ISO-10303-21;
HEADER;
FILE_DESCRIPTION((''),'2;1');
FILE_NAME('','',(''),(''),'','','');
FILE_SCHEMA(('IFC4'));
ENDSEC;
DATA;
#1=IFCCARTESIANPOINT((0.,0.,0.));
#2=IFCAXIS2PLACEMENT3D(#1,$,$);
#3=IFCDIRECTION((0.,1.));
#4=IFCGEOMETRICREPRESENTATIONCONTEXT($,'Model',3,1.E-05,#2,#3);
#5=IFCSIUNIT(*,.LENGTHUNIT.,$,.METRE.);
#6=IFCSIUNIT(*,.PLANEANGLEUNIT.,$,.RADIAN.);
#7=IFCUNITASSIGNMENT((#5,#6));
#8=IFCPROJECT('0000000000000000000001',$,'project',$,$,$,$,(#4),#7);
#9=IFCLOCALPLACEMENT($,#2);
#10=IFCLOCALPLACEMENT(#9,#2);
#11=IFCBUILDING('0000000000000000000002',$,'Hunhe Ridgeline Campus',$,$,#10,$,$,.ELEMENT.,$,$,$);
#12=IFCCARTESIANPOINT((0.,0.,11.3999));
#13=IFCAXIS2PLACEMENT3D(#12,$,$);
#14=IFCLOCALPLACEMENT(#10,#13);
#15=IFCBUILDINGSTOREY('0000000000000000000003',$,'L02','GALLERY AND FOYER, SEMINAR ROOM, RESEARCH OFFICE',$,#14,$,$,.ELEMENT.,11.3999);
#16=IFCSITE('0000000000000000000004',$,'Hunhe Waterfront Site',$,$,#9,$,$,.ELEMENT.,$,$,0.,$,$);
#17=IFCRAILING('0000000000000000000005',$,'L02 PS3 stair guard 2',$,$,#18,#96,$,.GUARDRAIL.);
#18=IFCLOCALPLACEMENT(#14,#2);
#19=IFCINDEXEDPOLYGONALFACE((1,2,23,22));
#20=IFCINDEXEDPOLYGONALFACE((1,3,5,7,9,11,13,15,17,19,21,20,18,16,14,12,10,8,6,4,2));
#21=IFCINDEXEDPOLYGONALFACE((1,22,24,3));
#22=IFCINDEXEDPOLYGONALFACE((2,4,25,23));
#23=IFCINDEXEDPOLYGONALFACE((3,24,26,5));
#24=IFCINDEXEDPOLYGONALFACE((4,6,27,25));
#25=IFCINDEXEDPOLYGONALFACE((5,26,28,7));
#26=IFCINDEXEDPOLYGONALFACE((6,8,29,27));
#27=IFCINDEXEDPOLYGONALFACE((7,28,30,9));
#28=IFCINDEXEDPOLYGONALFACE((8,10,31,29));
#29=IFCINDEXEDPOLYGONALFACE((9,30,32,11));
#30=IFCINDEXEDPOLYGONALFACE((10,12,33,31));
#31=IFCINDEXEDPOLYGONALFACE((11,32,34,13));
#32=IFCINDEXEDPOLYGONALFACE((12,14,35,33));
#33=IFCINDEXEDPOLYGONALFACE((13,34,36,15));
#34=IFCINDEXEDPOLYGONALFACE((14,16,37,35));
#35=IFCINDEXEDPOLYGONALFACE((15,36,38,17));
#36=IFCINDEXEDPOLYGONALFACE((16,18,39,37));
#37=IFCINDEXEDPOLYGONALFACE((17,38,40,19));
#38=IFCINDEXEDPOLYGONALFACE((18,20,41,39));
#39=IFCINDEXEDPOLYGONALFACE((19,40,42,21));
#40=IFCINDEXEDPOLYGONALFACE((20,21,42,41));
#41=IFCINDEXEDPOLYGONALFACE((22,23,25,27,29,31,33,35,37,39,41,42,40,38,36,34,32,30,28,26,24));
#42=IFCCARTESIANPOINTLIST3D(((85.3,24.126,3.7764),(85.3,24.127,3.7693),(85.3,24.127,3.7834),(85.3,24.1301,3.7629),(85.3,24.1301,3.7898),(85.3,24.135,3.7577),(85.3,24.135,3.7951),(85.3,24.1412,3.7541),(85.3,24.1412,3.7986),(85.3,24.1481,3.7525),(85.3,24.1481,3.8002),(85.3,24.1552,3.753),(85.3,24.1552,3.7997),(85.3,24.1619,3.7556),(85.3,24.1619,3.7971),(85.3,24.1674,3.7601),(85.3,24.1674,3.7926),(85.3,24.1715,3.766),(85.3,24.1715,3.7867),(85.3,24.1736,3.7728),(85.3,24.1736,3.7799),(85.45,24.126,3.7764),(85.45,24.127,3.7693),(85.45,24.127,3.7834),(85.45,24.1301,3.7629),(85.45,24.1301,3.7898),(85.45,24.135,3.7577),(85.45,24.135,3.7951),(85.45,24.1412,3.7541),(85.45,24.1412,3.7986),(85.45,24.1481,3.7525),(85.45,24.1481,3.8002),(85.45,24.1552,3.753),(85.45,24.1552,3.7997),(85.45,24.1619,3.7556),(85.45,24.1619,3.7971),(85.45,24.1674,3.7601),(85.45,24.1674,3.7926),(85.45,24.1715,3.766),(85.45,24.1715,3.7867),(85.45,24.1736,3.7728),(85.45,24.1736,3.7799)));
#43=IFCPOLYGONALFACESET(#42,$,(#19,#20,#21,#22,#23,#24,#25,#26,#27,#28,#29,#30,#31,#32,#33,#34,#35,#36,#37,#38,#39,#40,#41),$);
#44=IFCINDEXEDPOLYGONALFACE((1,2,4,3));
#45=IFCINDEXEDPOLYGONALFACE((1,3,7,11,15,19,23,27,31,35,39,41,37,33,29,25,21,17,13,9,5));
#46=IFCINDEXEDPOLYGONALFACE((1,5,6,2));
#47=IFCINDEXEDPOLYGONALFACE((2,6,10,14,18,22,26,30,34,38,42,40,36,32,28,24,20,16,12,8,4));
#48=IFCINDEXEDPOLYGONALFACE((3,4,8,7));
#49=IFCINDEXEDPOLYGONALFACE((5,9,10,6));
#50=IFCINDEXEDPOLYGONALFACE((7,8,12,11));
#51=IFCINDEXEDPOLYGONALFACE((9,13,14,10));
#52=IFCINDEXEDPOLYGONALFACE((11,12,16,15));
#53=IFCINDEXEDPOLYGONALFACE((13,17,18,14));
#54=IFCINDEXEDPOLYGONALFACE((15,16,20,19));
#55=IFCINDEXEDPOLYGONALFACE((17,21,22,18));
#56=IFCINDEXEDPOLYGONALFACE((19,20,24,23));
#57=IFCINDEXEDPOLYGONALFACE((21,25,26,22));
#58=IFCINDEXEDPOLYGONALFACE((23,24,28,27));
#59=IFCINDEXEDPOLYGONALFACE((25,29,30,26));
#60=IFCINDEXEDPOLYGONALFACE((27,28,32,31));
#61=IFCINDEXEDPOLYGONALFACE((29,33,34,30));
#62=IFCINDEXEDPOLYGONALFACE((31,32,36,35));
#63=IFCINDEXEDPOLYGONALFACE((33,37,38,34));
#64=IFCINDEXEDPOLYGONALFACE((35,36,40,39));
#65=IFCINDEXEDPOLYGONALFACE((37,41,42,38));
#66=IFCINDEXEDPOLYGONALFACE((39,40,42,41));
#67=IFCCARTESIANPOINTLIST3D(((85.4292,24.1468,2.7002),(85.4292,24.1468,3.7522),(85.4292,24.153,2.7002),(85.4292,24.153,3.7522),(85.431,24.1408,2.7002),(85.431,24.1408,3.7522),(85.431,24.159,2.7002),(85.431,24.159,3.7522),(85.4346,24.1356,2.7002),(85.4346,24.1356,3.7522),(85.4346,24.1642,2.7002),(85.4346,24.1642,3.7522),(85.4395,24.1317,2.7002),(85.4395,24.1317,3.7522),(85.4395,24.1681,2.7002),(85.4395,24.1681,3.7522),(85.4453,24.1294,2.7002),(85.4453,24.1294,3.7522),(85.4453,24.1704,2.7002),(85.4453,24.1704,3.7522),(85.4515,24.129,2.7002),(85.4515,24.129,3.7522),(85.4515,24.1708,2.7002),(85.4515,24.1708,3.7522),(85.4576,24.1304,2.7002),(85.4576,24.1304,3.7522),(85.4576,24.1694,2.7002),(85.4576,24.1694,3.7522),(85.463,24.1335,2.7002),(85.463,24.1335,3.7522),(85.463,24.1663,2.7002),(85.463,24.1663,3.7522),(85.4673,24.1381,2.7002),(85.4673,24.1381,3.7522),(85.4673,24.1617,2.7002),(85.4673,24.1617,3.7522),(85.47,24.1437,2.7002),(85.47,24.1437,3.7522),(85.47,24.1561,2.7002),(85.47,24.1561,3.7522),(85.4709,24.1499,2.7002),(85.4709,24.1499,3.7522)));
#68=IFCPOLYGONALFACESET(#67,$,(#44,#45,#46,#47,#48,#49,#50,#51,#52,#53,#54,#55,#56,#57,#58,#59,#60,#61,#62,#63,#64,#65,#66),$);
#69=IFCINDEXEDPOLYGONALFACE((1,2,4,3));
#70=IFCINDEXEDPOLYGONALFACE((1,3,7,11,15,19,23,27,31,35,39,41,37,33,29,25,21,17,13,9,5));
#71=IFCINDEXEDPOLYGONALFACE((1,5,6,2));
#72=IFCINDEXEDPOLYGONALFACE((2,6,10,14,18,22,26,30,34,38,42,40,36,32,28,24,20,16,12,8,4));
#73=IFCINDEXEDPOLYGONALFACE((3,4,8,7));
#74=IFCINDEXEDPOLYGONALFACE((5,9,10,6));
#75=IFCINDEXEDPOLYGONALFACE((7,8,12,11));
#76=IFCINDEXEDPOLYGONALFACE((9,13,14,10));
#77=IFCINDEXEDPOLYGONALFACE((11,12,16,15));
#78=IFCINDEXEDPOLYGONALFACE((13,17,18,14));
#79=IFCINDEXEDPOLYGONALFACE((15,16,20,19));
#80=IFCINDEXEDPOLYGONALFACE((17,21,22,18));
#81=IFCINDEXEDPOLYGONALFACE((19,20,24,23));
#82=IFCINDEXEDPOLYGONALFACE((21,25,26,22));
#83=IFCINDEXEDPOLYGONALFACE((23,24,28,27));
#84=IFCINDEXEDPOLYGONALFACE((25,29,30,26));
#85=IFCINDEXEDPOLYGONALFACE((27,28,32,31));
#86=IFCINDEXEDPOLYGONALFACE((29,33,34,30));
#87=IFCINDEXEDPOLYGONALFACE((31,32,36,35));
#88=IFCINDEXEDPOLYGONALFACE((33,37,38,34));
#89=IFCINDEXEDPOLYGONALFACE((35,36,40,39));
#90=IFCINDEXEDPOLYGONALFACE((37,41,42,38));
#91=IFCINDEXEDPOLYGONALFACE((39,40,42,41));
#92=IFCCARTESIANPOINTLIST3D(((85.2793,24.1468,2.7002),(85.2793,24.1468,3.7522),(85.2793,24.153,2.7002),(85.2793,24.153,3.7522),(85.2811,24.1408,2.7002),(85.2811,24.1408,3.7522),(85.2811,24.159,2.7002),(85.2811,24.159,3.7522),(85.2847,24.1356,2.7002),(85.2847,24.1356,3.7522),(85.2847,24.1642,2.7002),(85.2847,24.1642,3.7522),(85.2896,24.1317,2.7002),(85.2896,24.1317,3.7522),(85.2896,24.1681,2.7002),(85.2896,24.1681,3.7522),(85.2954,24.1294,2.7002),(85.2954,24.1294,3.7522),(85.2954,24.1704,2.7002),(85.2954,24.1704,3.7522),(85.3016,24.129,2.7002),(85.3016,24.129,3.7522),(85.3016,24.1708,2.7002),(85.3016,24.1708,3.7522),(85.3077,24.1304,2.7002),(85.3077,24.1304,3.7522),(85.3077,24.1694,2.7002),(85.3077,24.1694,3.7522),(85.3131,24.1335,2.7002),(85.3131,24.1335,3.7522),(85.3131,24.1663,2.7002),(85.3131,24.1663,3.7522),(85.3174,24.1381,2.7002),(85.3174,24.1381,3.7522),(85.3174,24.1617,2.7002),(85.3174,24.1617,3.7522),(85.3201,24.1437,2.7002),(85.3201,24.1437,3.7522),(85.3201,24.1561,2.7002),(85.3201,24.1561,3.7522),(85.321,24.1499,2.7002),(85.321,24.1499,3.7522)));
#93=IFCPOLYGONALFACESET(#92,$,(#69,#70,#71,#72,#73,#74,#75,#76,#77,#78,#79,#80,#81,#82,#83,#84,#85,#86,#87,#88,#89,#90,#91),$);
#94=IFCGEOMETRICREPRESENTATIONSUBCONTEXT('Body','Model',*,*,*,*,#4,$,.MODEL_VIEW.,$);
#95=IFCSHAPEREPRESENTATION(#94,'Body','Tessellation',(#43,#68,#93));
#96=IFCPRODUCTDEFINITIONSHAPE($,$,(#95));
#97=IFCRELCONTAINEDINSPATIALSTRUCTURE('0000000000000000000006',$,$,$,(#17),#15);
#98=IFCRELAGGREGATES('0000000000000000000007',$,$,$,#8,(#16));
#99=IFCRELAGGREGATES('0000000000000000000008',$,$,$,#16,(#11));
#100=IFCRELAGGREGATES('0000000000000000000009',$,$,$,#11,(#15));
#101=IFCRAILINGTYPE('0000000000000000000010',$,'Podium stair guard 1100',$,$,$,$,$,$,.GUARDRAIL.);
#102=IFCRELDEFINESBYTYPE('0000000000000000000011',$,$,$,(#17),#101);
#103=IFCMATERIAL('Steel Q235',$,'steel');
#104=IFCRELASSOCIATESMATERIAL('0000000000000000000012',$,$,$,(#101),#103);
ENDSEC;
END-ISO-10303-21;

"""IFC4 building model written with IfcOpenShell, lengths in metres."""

from ifc_helpers import new_model, si_unit, direction, frame, origin, origin_2d, place, context, subcontext, project, spatial, circle, extrude, material, type_object, element, save


model = new_model("IFC4")

# Units and contexts
model_context = context("Model", 3, precision=1e-05, world=origin(), true_north=direction((0.0, 1.0)))
body_context = subcontext(model_context, "Body", "Model", "MODEL_VIEW")
ifc_project = project(units=[si_unit("LENGTHUNIT", "METRE"), si_unit("PLANEANGLEUNIT", "RADIAN")], contexts=[model_context])

# Site, building, storey
site_placement = place(None, origin())
site = spatial("IfcSite", under=ifc_project, at=site_placement, Name="Hunhe Waterfront Site", CompositionType="ELEMENT", RefElevation=0.0)
building_placement = place(site_placement, origin())
building = spatial("IfcBuilding", under=site, at=building_placement, Name="Hunhe Ridgeline Campus", CompositionType="ELEMENT")
storey_placement = place(building_placement, frame((0.0, 0.0, 11.3999)))
storey = spatial("IfcBuildingStorey", under=building, at=storey_placement, Name="L02", Description="GALLERY AND FOYER, SEMINAR ROOM, RESEARCH OFFICE", CompositionType="ELEMENT", Elevation=11.3999)

# Shared definitions
ifc_material_1 = material(Name="Steel Q235", Category="steel")

# Railing
railing_type = type_object("IfcRailingType", Name="Podium stair guard 1100", PredefinedType="GUARDRAIL", material=ifc_material_1)
railing_1_placement = place(storey_placement, frame((85.45, 24.1499, 2.7002)))
element("IfcRailing", 1, at=railing_1_placement, inside=storey, type_object=railing_type, Name="L02 PS3 stair guard 2", PredefinedType="GUARDRAIL", context=body_context, shape_type="SweptSolid", body=[
    extrude(circle(Radius=0.0239, at=origin_2d()), frame((0.0, 0.0, 1.0762), z_axis=(-1.0, 0.0, 0.0), x_axis=(0.0, -1.0, 0.0)), (0.0, 0.0, 1.0), 0.1499),
    extrude(circle(Radius=0.021, at=origin_2d()), origin(), (0.0, 0.0, 1.0), 1.052),
    extrude(circle(Radius=0.021, at=origin_2d()), frame((-0.1499, 0.0, 0.0)), (0.0, 0.0, 1.0), 1.052),
])

save(model, "model.ifc")
